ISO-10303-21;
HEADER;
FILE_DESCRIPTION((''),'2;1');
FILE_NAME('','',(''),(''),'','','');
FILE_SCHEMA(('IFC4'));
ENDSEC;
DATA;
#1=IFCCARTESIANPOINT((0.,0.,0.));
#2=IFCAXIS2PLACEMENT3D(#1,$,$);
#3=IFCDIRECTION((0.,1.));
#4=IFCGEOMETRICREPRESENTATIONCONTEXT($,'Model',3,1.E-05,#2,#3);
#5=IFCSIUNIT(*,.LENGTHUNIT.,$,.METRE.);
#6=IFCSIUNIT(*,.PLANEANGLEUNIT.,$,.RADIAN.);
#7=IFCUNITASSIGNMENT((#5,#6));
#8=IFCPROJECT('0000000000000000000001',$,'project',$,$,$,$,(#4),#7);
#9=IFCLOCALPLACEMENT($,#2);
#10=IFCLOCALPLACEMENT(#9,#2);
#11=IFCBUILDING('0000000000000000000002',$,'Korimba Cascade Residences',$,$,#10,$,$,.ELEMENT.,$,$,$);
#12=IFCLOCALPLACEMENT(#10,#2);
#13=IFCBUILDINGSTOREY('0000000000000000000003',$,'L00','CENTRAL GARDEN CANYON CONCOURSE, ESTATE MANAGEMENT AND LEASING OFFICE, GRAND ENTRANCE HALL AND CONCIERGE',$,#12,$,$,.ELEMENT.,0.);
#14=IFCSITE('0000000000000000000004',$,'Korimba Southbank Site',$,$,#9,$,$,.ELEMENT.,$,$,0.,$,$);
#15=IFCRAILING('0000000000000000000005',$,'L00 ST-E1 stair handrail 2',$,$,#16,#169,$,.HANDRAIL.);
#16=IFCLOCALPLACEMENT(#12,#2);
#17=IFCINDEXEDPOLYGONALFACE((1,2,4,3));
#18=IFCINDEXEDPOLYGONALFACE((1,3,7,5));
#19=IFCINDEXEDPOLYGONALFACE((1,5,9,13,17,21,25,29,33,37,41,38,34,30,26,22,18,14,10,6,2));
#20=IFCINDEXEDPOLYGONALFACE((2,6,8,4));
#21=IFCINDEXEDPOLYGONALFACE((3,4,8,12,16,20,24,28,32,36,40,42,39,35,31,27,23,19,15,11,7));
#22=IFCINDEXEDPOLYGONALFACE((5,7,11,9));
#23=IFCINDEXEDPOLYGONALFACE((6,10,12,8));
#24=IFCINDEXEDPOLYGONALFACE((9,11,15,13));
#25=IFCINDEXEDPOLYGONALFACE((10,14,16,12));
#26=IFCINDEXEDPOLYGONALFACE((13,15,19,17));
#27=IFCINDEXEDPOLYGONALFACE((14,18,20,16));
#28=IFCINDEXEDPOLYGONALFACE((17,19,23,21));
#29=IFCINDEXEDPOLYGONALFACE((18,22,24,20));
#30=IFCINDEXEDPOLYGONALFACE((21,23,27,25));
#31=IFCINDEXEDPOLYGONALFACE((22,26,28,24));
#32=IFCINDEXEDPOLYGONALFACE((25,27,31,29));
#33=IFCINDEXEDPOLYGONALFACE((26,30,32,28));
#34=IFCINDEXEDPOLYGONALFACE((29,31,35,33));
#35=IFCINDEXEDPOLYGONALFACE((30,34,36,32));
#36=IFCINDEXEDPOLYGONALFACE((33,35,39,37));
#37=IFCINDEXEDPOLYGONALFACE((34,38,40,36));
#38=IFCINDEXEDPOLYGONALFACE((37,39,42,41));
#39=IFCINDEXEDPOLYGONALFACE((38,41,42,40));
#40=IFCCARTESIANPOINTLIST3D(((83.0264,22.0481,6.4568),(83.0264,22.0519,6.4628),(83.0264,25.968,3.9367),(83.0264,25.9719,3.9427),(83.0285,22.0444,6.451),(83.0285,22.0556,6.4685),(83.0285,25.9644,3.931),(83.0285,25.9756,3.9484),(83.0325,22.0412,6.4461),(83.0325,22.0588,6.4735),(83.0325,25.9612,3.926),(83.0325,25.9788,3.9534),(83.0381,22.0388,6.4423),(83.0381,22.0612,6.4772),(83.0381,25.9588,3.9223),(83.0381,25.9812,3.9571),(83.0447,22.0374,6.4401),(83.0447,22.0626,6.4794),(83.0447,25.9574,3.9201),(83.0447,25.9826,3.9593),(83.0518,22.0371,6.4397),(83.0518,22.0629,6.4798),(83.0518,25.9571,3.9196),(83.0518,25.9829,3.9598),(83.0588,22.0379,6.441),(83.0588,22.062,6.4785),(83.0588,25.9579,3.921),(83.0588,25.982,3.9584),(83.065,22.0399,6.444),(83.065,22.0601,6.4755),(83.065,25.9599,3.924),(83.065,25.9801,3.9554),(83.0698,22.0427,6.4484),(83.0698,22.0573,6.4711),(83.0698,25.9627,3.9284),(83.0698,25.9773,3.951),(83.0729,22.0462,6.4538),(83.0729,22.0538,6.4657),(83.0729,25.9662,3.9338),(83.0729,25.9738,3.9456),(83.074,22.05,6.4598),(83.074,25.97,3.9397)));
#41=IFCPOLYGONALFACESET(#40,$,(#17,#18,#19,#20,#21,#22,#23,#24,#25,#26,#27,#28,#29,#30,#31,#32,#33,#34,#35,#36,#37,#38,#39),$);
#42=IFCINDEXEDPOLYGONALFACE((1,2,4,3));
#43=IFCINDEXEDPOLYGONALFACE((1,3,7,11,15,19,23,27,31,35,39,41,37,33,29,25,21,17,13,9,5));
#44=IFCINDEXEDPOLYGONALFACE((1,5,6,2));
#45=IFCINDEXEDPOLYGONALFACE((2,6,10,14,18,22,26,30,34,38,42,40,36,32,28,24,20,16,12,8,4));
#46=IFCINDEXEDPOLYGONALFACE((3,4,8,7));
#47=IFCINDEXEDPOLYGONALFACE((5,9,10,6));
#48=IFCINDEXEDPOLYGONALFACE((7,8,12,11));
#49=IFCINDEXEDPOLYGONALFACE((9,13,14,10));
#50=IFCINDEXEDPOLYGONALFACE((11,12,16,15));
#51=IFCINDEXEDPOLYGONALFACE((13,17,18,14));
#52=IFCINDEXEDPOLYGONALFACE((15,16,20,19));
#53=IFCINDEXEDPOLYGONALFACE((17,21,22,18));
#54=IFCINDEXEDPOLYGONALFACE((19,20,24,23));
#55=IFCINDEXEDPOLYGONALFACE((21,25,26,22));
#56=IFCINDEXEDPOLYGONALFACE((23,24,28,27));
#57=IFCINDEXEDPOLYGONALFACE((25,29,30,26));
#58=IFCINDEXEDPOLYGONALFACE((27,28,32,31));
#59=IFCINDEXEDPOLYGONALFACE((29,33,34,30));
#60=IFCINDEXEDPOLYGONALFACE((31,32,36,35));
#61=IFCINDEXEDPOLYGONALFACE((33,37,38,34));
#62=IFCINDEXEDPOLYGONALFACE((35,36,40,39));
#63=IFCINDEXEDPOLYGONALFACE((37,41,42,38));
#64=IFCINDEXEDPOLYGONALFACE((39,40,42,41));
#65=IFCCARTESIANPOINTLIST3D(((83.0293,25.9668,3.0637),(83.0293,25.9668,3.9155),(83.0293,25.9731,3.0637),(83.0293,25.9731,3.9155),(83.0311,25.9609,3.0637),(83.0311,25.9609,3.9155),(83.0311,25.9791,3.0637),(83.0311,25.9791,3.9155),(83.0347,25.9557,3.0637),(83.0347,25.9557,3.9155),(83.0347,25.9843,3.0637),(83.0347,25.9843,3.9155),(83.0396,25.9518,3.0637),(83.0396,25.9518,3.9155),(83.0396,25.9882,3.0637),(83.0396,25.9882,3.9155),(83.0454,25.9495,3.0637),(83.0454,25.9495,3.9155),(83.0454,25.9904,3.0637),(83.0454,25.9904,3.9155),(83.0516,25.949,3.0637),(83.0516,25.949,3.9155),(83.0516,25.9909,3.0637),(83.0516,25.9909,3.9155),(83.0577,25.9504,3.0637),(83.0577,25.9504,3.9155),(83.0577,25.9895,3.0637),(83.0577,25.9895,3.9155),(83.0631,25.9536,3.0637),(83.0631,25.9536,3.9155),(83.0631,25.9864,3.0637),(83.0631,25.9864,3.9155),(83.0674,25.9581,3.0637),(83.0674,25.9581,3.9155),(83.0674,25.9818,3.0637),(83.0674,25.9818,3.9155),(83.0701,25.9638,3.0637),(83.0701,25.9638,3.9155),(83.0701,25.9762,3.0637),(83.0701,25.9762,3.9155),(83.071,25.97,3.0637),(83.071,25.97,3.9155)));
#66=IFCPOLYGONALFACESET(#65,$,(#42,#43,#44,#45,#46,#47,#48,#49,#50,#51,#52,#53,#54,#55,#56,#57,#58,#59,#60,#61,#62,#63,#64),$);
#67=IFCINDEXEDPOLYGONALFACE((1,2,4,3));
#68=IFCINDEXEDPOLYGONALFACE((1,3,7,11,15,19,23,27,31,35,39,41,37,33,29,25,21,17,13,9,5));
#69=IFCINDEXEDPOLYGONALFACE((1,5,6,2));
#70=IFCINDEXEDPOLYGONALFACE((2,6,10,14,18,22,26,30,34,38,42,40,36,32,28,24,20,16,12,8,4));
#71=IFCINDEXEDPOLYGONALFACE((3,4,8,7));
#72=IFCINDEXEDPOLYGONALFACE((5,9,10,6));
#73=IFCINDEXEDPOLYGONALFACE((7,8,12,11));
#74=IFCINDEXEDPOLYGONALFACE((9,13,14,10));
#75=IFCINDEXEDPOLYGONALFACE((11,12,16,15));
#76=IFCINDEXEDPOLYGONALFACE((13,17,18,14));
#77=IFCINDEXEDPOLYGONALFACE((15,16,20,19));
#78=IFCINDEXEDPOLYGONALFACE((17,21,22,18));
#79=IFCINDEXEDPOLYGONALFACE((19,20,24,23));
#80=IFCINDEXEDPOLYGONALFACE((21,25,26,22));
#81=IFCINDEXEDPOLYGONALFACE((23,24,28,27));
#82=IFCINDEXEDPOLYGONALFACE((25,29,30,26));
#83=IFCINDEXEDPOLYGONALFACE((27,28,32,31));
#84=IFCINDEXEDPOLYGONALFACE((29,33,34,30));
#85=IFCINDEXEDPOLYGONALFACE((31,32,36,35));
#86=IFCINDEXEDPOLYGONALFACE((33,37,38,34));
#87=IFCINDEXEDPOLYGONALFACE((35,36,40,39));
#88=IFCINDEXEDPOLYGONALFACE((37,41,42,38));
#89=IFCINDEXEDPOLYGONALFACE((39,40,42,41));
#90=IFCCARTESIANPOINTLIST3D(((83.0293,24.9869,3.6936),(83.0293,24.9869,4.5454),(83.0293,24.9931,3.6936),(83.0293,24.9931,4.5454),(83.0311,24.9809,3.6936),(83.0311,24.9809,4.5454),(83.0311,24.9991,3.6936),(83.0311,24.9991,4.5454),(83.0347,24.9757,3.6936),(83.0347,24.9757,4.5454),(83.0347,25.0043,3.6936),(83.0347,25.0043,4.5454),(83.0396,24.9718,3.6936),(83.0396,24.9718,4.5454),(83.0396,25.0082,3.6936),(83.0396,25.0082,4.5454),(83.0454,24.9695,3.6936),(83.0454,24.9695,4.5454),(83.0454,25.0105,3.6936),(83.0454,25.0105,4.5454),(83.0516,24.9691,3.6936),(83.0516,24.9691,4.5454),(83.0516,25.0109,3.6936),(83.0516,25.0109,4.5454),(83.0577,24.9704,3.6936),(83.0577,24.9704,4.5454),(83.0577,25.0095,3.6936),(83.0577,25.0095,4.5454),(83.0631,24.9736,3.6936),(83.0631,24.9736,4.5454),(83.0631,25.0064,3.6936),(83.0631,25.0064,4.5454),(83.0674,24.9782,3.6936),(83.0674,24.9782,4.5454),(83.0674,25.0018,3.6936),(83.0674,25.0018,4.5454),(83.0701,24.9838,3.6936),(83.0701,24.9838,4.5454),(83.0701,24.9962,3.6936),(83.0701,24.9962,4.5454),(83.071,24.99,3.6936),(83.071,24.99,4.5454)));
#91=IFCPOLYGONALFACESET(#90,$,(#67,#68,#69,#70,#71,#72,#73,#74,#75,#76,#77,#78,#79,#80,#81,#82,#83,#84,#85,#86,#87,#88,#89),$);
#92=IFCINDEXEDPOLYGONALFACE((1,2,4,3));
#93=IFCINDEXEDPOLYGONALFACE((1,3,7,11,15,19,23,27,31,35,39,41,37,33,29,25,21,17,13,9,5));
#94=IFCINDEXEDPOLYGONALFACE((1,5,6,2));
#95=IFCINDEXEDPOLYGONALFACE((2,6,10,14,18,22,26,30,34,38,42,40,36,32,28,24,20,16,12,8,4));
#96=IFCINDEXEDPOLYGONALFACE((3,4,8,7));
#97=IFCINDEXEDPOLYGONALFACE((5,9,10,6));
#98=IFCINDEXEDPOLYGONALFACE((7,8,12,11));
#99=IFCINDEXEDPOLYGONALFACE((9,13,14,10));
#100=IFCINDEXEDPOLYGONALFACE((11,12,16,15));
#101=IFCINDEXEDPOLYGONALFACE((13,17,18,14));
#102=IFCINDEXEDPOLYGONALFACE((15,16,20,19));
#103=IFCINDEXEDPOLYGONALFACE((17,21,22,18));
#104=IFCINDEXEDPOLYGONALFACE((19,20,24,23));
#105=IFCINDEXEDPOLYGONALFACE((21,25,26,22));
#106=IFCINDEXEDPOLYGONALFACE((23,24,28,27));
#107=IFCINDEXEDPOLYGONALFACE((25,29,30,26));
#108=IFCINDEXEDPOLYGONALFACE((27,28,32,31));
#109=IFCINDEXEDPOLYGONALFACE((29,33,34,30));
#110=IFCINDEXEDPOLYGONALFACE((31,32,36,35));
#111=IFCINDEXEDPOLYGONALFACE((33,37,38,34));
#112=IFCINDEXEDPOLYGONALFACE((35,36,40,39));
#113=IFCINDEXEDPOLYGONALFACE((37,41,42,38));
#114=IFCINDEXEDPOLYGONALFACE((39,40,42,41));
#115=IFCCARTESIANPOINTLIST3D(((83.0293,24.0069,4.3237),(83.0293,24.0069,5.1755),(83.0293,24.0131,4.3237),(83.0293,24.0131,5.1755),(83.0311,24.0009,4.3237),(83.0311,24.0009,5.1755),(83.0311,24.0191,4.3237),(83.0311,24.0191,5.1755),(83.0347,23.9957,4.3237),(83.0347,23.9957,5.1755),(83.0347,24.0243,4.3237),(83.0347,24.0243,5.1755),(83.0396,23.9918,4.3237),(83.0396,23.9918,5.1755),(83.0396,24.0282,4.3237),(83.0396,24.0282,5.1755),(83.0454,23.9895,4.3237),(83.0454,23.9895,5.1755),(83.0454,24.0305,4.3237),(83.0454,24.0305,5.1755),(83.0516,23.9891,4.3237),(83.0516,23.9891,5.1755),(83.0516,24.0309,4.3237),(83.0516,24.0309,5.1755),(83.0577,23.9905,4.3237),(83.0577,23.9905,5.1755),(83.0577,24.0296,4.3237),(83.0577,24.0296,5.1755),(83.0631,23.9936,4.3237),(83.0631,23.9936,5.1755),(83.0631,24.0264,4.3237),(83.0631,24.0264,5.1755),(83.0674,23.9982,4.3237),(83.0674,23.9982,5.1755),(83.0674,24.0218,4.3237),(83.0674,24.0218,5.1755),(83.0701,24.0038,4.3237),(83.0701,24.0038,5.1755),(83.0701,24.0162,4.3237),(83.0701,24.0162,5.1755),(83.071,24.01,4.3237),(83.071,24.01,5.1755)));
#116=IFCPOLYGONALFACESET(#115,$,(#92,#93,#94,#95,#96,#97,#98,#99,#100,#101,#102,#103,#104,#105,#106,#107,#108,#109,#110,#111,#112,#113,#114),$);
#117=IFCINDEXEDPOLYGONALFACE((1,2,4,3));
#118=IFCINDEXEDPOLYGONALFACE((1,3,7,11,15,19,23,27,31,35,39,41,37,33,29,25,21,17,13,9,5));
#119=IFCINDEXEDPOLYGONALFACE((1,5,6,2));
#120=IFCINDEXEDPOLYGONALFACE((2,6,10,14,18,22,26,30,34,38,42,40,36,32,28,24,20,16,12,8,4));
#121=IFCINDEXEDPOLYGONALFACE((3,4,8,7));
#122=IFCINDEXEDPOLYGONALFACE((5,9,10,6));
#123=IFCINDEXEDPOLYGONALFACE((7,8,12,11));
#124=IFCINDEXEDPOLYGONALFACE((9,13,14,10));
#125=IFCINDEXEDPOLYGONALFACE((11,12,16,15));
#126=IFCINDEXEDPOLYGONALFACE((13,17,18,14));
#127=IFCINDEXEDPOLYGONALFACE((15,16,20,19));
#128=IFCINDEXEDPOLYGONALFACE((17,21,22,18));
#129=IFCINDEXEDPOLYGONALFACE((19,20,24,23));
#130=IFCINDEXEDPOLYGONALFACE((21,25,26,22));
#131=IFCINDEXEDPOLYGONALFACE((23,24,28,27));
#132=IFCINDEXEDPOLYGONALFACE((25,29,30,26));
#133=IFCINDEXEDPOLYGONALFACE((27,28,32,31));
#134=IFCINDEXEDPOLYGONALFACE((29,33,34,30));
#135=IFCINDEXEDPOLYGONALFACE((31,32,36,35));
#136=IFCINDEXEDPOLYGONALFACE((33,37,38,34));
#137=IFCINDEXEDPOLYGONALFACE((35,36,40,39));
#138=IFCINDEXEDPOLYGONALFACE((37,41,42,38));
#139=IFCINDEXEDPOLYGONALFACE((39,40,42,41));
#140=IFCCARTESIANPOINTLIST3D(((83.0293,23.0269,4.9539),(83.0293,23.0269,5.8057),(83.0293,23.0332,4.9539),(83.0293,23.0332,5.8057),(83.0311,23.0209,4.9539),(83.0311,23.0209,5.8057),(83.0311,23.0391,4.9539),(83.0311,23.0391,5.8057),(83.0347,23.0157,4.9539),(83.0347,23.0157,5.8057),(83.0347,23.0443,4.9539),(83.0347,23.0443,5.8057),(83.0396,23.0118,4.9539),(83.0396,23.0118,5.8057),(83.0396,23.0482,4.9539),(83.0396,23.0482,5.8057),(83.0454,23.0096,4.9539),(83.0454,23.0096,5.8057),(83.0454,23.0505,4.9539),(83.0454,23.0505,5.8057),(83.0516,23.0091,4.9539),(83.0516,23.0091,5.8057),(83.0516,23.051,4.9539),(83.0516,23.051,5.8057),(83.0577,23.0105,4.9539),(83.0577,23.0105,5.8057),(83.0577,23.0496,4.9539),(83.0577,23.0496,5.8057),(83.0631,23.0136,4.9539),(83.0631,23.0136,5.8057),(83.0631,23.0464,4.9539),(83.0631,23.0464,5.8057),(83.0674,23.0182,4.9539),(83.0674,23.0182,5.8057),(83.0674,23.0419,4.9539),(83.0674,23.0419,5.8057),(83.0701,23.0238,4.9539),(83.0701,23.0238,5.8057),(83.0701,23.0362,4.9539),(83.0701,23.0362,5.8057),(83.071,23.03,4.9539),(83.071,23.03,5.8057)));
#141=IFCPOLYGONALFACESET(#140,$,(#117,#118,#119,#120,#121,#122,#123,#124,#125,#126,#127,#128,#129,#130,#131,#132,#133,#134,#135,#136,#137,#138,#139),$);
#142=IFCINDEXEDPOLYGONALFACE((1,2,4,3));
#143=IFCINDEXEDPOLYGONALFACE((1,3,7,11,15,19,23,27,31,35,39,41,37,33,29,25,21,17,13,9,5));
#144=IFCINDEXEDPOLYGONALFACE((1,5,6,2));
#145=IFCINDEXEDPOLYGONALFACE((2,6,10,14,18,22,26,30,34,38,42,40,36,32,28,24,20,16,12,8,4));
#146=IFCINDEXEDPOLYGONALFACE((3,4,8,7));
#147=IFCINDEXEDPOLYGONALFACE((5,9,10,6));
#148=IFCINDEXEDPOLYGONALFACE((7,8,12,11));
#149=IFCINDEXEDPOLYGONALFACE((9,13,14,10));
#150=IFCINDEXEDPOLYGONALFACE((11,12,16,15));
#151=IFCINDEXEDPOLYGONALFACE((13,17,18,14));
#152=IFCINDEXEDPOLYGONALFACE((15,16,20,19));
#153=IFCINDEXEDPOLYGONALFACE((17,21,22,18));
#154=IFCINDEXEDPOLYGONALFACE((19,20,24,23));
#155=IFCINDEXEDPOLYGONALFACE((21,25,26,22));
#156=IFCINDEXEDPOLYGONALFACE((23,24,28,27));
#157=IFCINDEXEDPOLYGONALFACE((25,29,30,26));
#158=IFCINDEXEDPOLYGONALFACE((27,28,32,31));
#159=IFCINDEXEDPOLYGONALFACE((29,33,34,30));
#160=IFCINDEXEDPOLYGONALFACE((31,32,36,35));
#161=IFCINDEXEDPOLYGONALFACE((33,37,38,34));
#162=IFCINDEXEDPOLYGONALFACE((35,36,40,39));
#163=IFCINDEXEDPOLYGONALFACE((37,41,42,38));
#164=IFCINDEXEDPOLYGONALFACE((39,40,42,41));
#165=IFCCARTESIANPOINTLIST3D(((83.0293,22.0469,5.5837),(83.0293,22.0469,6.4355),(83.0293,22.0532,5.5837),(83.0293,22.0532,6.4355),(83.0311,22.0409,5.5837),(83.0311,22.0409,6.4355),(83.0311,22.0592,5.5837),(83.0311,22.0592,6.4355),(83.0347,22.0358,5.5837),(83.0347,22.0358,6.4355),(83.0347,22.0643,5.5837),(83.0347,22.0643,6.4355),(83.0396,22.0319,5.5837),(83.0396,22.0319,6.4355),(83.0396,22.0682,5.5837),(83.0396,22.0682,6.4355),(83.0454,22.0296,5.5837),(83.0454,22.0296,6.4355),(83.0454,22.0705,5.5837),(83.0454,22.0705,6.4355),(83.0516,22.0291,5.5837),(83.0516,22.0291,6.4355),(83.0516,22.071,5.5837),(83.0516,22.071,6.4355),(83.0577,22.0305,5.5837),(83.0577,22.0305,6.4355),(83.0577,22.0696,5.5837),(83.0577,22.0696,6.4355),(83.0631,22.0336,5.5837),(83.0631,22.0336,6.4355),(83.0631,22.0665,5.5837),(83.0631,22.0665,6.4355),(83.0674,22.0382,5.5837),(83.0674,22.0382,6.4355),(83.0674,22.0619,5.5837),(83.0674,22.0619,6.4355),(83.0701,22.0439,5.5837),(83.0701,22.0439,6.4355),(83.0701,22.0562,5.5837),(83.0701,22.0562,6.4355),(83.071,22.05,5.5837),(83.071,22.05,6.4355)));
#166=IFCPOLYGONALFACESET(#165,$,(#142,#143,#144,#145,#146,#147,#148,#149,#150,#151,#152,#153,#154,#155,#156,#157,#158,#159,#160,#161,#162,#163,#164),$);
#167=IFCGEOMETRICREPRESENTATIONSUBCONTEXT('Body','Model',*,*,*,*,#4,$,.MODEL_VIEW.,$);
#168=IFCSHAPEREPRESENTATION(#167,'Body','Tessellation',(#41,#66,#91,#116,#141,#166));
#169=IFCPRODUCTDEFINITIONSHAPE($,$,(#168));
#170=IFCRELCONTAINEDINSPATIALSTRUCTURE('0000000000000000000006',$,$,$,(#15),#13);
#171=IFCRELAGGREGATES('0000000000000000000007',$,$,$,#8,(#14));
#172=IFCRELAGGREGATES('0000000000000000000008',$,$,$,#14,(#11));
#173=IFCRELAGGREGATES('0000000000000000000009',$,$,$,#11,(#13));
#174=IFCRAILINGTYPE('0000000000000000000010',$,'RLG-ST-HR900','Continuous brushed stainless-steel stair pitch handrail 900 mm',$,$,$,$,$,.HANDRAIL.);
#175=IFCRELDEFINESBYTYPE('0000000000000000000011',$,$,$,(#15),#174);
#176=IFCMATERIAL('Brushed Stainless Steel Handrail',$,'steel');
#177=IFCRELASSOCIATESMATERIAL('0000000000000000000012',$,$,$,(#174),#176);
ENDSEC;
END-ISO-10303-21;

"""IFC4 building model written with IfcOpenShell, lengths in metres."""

from ifc_helpers import new_model, si_unit, direction, frame, origin, origin_2d, place, context, subcontext, project, spatial, circle, extrude, material, type_object, element, save


model = new_model("IFC4")

# Units and contexts
model_context = context("Model", 3, precision=1e-05, world=origin(), true_north=direction((0.0, 1.0)))
body_context = subcontext(model_context, "Body", "Model", "MODEL_VIEW")
ifc_project = project(units=[si_unit("LENGTHUNIT", "METRE"), si_unit("PLANEANGLEUNIT", "RADIAN")], contexts=[model_context])

# Site, building, storey
site_placement = place(None, origin())
site = spatial("IfcSite", under=ifc_project, at=site_placement, Name="Korimba Southbank Site", CompositionType="ELEMENT", RefElevation=0.0)
building_placement = place(site_placement, origin())
building = spatial("IfcBuilding", under=site, at=building_placement, Name="Korimba Cascade Residences", CompositionType="ELEMENT")
storey_placement = place(building_placement, origin())
storey = spatial("IfcBuildingStorey", under=building, at=storey_placement, Name="L00", Description="CENTRAL GARDEN CANYON CONCOURSE, ESTATE MANAGEMENT AND LEASING OFFICE, GRAND ENTRANCE HALL AND CONCIERGE", CompositionType="ELEMENT", Elevation=0.0)

# Railing
ifc_material_1 = material(Name="Brushed Stainless Steel Handrail", Category="steel")
railing_type_1 = type_object("IfcRailingType", Name="RLG-ST-HR900", Description="Continuous brushed stainless-steel stair pitch handrail 900 mm", PredefinedType="HANDRAIL", material=ifc_material_1)
railing_1_placement = place(storey_placement, frame((83.05, 25.97, 3.0637)))
element("IfcRailing", 1, at=railing_1_placement, inside=storey, type_object=railing_type_1, Name="L00 ST-E1 stair handrail 2", PredefinedType="HANDRAIL", context=body_context, shape_type="SweptSolid", body=[
    extrude(circle(Radius=0.0239, at=origin_2d()), frame((0.0, 0.0, 0.876), z_axis=(0.0, -0.841172, 0.540768), x_axis=(1.0, 0.0, 0.0)), (0.0, 0.0, 1.0), 4.6602),
    extrude(circle(Radius=0.021, at=origin_2d()), origin(), (0.0, 0.0, 1.0), 0.8518),
    extrude(circle(Radius=0.021, at=origin_2d()), frame((0.0, -0.98, 0.6299)), (0.0, 0.0, 1.0), 0.8518),
    extrude(circle(Radius=0.021, at=origin_2d()), frame((0.0, -1.96, 1.26)), (0.0, 0.0, 1.0), 0.8518),
    extrude(circle(Radius=0.021, at=origin_2d()), frame((0.0, -2.9399, 1.8901)), (0.0, 0.0, 1.0), 0.8518),
    extrude(circle(Radius=0.021, at=origin_2d()), frame((0.0, -3.9199, 2.52)), (0.0, 0.0, 1.0), 0.8518),
])

save(model, "model.ifc")
